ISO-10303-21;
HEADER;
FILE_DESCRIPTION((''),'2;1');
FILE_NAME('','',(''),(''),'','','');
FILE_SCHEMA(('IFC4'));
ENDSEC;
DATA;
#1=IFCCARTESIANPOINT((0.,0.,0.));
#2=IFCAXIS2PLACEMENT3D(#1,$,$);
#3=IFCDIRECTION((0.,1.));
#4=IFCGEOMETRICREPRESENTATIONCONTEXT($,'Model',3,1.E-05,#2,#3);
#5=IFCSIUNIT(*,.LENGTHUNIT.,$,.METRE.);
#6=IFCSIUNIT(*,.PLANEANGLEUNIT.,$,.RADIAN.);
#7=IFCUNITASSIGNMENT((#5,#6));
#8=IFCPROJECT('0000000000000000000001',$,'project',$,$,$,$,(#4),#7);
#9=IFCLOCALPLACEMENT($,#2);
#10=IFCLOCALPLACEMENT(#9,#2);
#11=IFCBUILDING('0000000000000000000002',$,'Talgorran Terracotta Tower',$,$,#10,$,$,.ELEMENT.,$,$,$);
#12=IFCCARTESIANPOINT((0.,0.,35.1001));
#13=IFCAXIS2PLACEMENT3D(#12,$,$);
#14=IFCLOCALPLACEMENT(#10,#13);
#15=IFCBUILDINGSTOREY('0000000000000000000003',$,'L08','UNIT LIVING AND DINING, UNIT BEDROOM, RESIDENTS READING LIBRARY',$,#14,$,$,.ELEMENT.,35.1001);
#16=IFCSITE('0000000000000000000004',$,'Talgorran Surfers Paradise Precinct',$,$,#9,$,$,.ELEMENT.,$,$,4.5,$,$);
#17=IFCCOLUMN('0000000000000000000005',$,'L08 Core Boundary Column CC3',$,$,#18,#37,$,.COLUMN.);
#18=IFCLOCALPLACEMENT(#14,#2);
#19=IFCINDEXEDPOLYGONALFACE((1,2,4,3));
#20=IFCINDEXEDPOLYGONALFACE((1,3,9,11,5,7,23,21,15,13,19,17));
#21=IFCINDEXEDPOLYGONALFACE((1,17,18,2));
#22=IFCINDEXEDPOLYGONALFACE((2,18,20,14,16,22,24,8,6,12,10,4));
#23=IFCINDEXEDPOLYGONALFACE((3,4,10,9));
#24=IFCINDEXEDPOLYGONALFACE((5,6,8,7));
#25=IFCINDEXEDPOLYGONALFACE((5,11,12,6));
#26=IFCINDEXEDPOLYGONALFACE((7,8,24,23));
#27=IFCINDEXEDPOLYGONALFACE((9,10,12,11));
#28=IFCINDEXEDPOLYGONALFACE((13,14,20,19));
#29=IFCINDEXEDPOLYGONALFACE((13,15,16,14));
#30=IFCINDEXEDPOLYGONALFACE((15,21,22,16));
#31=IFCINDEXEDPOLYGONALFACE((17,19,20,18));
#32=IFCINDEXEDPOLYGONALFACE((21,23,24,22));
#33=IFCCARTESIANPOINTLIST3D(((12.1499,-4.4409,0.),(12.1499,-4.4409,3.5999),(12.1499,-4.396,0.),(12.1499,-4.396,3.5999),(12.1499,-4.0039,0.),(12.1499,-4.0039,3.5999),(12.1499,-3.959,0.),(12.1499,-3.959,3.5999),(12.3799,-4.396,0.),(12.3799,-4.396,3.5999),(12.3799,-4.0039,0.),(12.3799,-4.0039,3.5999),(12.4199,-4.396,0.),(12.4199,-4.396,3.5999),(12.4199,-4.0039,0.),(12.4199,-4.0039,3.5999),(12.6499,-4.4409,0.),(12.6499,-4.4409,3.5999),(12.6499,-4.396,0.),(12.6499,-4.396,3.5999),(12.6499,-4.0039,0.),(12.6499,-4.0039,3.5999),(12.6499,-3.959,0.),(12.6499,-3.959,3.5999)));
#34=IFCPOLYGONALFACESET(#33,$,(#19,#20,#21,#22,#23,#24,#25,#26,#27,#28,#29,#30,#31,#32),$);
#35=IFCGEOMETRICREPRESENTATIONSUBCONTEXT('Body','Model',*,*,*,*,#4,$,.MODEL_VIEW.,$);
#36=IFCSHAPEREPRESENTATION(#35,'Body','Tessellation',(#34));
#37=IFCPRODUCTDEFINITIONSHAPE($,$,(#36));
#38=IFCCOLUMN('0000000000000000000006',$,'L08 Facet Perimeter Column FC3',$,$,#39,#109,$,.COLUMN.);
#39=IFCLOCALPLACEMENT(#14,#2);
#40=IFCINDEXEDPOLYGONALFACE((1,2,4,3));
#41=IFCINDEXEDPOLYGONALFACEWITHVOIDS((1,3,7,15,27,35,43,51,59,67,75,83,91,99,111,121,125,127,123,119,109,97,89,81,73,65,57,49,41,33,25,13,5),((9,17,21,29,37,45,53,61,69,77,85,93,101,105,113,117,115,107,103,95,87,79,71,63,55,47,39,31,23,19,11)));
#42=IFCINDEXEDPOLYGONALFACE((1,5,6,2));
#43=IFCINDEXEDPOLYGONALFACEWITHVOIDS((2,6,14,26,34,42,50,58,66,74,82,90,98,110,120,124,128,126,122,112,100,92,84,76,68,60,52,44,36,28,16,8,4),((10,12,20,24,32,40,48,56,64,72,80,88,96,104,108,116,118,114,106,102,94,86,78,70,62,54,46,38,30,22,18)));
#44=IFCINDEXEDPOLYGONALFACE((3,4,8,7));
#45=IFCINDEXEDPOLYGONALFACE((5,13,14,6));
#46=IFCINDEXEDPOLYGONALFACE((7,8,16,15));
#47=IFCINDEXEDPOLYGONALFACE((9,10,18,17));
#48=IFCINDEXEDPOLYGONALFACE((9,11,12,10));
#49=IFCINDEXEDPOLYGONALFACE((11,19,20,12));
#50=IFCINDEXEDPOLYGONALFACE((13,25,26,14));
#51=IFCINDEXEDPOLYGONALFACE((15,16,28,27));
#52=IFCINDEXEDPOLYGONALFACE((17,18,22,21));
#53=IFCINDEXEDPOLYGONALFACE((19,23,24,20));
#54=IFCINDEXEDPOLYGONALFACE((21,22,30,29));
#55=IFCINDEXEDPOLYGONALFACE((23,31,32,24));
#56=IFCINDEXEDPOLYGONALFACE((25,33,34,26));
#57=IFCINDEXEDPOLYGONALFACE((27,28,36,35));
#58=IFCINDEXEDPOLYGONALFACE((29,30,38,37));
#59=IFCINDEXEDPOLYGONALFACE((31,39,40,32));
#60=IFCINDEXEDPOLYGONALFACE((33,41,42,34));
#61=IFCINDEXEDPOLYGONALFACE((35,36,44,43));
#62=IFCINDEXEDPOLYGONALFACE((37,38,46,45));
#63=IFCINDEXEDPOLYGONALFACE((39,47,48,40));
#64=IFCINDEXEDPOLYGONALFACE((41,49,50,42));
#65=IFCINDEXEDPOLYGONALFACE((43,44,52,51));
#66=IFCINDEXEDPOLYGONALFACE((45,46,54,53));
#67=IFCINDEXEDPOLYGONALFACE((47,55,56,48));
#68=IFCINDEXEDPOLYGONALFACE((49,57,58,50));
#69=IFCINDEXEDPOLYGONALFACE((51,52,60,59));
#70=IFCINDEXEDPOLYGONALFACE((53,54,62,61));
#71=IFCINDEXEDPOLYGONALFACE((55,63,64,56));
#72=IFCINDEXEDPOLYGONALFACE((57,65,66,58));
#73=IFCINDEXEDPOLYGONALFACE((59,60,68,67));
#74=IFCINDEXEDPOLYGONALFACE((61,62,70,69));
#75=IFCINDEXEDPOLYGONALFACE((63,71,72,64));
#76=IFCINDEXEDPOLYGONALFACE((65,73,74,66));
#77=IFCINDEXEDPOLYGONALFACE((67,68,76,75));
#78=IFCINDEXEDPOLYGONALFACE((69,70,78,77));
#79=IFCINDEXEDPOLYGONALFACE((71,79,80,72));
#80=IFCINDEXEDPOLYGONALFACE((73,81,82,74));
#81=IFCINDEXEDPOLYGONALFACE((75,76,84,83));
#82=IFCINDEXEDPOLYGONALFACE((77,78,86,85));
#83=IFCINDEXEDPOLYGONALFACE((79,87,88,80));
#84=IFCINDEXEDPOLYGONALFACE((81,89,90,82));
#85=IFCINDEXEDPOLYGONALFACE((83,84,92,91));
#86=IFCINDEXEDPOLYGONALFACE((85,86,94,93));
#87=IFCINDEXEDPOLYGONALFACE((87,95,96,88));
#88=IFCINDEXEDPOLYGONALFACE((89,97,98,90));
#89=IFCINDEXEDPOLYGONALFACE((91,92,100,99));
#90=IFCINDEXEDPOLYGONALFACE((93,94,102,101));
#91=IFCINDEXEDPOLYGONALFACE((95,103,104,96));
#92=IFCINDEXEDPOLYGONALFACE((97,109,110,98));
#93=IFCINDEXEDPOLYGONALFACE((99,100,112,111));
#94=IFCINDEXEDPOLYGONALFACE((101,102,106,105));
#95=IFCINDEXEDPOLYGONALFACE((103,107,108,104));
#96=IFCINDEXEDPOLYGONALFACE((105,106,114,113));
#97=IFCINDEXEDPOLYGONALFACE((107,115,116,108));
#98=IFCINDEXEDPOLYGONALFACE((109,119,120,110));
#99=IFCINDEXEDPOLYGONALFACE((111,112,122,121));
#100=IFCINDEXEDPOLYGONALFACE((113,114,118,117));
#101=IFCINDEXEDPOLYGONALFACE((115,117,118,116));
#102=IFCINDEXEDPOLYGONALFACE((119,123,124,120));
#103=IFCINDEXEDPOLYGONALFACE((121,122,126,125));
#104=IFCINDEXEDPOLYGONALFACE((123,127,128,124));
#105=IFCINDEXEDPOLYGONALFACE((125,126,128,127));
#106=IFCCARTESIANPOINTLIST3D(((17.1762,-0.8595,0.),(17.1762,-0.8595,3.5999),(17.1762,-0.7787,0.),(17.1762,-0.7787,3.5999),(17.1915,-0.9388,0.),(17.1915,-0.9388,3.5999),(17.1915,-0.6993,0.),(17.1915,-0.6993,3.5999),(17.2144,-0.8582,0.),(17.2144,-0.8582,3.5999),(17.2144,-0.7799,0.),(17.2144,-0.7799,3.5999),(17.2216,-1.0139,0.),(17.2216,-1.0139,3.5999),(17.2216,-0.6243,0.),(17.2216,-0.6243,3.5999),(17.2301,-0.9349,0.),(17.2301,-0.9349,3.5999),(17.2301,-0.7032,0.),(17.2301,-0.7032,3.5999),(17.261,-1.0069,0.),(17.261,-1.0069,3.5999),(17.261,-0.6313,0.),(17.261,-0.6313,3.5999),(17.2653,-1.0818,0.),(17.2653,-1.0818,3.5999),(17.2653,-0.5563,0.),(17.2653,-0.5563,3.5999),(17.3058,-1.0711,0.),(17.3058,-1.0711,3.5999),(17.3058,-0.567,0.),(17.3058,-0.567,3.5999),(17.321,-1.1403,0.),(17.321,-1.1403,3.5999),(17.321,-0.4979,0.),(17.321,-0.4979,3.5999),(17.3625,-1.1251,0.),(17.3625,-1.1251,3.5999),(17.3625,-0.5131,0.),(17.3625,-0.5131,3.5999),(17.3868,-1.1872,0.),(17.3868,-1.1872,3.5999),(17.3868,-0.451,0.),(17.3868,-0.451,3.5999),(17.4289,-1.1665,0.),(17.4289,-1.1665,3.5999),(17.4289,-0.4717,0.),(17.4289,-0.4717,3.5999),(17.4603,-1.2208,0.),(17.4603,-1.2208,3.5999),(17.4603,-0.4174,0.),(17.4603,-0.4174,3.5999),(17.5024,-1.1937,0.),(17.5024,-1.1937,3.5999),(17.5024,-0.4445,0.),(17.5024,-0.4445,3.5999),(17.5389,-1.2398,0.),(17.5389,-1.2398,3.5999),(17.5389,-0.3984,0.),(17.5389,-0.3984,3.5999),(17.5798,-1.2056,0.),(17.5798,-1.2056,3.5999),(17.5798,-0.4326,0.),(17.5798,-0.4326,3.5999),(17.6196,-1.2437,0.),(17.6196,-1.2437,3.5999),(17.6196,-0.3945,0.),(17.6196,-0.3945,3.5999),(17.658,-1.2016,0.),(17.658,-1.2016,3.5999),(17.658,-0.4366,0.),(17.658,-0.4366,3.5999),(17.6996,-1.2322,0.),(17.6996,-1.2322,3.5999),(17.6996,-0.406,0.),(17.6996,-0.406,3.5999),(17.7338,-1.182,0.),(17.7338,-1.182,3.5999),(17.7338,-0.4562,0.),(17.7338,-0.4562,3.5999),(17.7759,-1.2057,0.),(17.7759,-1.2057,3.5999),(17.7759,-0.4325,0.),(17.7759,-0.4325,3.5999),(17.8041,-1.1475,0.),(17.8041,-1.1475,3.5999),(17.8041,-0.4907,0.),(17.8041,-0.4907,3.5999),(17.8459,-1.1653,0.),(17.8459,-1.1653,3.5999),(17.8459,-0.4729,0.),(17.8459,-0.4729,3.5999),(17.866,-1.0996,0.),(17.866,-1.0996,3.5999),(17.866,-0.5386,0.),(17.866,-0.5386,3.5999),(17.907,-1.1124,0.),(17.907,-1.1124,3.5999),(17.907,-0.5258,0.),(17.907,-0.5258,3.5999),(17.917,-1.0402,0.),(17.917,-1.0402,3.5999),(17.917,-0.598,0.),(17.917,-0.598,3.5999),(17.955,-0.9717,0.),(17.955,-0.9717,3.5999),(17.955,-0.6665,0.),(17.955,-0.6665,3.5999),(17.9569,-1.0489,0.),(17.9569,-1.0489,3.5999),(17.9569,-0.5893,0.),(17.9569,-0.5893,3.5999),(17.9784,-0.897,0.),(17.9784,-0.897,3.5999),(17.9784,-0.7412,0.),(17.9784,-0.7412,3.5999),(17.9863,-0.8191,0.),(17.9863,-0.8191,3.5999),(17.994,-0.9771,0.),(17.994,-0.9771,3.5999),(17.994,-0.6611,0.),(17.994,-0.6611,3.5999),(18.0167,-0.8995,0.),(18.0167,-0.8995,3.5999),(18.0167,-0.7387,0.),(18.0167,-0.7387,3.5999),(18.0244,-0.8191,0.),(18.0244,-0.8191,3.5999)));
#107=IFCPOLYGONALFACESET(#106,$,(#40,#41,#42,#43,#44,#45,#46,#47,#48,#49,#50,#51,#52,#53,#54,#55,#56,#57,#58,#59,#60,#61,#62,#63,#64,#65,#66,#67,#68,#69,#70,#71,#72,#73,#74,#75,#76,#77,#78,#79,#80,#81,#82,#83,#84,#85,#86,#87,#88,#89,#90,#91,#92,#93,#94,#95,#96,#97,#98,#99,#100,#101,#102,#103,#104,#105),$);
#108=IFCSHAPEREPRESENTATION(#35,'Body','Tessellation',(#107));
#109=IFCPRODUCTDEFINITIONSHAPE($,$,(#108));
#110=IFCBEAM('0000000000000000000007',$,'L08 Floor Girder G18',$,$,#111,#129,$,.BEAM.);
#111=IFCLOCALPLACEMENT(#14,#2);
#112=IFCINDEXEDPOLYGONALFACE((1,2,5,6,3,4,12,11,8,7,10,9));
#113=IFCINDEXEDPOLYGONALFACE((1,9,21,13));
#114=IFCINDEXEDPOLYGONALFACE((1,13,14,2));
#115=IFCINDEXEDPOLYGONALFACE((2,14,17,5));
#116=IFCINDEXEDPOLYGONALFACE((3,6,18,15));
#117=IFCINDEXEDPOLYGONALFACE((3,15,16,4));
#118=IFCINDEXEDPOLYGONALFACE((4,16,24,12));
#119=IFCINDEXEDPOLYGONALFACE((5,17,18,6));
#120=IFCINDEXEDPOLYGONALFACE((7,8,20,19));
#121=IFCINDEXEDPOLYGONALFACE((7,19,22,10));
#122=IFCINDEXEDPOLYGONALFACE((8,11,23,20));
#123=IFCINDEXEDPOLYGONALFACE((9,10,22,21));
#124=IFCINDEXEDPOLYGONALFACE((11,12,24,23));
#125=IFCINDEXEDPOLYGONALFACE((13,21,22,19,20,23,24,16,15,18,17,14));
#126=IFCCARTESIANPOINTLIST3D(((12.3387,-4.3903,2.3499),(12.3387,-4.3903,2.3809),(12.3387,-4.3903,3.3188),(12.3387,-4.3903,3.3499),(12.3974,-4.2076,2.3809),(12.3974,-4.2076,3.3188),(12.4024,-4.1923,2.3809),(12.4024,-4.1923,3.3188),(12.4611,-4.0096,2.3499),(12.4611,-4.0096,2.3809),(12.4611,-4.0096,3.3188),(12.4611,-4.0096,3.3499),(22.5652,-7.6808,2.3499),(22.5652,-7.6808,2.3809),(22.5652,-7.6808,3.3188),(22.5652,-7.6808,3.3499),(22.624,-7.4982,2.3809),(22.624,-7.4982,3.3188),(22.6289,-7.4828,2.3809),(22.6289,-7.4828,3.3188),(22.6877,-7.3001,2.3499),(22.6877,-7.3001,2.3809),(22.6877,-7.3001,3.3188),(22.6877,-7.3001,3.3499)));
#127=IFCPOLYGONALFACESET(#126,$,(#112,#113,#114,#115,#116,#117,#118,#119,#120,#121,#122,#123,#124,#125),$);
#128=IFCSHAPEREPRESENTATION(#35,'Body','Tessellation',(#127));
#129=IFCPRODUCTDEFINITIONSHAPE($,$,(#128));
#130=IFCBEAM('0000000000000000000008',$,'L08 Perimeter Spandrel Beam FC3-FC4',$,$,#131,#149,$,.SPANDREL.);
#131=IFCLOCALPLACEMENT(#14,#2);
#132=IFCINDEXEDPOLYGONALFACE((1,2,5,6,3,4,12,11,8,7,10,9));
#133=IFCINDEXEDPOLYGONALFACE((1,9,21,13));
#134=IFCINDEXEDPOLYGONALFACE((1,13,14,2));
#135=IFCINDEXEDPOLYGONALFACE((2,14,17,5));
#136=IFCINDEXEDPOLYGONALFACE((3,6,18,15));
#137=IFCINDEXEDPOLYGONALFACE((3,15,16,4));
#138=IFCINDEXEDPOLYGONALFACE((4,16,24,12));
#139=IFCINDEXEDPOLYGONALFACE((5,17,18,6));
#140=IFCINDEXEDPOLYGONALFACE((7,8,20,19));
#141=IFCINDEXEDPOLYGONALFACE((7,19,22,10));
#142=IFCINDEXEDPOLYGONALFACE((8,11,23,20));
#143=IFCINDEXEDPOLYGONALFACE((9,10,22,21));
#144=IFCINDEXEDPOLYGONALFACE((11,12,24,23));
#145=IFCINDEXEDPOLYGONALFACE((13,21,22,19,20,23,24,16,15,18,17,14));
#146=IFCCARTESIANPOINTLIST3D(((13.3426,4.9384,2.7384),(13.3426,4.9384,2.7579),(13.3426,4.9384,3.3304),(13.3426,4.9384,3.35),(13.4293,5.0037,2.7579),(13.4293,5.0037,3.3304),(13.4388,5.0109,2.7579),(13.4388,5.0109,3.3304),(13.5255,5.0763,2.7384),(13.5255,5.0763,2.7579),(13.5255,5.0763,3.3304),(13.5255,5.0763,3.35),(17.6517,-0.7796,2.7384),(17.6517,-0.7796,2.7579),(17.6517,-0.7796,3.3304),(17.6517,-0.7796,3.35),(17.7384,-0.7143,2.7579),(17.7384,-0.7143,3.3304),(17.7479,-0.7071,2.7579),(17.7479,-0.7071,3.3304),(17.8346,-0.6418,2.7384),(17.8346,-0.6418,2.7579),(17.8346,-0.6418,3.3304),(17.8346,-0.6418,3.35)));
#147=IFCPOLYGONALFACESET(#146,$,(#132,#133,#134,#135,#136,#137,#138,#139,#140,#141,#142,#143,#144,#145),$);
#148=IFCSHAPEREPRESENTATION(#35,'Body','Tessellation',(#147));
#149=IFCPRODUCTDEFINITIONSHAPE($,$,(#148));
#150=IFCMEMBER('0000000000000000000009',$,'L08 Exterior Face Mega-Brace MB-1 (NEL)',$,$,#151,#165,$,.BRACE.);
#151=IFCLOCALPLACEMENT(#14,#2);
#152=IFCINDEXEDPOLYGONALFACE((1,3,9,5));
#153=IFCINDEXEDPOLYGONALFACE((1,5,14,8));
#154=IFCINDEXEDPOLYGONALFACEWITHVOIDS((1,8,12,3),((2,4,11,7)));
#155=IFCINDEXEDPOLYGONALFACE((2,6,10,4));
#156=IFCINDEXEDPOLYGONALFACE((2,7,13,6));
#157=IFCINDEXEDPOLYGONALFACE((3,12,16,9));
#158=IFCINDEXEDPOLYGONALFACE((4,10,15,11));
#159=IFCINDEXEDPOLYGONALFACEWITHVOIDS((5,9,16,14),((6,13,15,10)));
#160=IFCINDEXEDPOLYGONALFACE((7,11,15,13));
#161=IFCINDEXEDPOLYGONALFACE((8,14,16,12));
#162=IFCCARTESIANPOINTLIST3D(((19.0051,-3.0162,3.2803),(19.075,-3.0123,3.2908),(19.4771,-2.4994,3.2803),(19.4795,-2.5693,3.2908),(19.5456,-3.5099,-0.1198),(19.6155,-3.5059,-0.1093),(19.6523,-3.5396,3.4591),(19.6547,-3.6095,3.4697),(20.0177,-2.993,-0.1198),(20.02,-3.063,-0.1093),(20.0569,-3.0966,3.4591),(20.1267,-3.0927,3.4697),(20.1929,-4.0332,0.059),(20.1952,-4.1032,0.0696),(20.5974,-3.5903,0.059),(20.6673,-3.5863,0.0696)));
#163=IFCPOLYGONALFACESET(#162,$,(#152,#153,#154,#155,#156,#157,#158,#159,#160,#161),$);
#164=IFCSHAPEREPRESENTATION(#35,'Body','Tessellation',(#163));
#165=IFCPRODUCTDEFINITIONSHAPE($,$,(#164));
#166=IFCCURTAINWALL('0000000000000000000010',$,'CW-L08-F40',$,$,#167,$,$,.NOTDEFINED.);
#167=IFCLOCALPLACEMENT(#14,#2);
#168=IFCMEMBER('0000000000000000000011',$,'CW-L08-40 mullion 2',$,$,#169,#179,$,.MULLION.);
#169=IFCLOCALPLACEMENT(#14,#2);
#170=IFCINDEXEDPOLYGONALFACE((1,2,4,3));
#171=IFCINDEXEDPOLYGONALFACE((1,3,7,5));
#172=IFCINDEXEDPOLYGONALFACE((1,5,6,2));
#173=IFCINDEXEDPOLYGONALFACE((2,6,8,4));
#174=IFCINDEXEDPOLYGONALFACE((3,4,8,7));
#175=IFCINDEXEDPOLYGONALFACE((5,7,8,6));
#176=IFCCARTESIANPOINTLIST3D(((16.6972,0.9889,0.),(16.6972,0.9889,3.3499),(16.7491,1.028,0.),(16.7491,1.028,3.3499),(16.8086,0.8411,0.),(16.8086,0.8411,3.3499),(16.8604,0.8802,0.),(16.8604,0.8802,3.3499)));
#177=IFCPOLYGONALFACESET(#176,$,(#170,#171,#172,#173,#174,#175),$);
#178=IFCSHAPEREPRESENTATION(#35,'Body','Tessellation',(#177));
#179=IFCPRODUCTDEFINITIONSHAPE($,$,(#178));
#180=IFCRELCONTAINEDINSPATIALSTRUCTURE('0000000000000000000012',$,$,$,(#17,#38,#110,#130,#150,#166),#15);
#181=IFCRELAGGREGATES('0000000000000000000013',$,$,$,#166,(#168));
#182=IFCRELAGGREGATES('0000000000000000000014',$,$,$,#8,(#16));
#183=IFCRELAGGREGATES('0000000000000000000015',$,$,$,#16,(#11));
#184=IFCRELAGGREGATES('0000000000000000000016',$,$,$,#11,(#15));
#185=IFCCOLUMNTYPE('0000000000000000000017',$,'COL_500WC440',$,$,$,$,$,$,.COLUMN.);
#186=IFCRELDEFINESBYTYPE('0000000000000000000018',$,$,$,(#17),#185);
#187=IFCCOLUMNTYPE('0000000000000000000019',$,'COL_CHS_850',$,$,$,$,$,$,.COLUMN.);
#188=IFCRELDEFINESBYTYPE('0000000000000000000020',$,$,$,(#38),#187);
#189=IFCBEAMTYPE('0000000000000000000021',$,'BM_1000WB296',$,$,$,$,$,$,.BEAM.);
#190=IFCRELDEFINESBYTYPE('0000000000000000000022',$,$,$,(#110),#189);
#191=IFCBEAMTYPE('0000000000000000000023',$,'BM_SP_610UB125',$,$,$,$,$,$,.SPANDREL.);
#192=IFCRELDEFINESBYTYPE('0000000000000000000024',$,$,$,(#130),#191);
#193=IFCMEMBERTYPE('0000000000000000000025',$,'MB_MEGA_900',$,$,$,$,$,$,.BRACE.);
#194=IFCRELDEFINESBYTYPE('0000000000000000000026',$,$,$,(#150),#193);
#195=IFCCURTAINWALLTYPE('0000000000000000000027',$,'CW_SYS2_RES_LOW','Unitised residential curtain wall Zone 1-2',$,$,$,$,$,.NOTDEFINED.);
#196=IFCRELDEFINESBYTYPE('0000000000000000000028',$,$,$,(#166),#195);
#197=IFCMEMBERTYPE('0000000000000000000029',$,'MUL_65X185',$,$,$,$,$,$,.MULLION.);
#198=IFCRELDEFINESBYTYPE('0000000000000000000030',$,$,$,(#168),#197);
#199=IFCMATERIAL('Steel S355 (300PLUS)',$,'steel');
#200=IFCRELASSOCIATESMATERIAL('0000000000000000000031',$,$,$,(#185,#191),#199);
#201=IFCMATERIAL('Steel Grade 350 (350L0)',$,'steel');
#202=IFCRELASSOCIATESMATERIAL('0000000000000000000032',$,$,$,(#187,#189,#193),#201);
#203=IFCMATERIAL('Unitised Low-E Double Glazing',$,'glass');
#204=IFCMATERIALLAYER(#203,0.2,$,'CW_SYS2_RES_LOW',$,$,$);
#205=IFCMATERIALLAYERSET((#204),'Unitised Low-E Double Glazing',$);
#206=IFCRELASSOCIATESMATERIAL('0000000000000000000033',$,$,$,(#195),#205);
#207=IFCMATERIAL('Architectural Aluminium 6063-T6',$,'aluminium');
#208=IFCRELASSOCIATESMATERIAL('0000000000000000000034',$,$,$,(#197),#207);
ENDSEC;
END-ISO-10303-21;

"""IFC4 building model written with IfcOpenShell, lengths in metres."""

from ifc_helpers import new_model, si_unit, direction, frame, origin, origin_2d, place, context, subcontext, project, spatial, rectangle, hollow_rectangle, hollow_circle, i_section, extrude, material, layer, layer_set, material_profile, profile_set, type_object, element, aggregate, save


model = new_model("IFC4")

# Units and contexts
model_context = context("Model", 3, precision=1e-05, world=origin(), true_north=direction((0.0, 1.0)))
body_context = subcontext(model_context, "Body", "Model", "MODEL_VIEW")
ifc_project = project(units=[si_unit("LENGTHUNIT", "METRE"), si_unit("PLANEANGLEUNIT", "RADIAN")], contexts=[model_context])

# Site, building, storey
site_placement = place(None, origin())
site = spatial("IfcSite", under=ifc_project, at=site_placement, Name="Talgorran Surfers Paradise Precinct", CompositionType="ELEMENT", RefElevation=4.5)
building_placement = place(site_placement, origin())
building = spatial("IfcBuilding", under=site, at=building_placement, Name="Talgorran Terracotta Tower", CompositionType="ELEMENT")
storey_placement = place(building_placement, frame((0.0, 0.0, 35.1001)))
storey = spatial("IfcBuildingStorey", under=building, at=storey_placement, Name="L08", Description="UNIT LIVING AND DINING, UNIT BEDROOM, RESIDENTS READING LIBRARY", CompositionType="ELEMENT", Elevation=35.1001)

# Columns
ifc_material_1 = material(Name="Steel S355 (300PLUS)", Category="steel")
ifc_material_profile_1 = material_profile(ifc_material_1, i_section(OverallWidth=0.5, OverallDepth=0.4819, WebThickness=0.04, FlangeThickness=0.0449, at=origin_2d()), Name="500WC440")
ifc_profile_set_1 = profile_set([ifc_material_profile_1], Name="Steel S355 (300PLUS)")
column_type_1 = type_object("IfcColumnType", Name="COL_500WC440", PredefinedType="COLUMN", material=ifc_profile_set_1)
column_1_placement = place(storey_placement, frame((12.3999, -4.2, 0.0), z_axis=(0.0, 0.0, 1.0), x_axis=(1.0, 0.0, 0.0)))
element("IfcColumn", 1, at=column_1_placement, inside=storey, type_object=column_type_1, Name="L08 Core Boundary Column CC3", PredefinedType="COLUMN", context=body_context, shape_type="SweptSolid", body=[
    extrude(i_section(OverallWidth=0.5, OverallDepth=0.4819, WebThickness=0.04, FlangeThickness=0.0449, at=origin_2d()), origin(), (0.0, 0.0, 1.0), 3.5999),
])
ifc_material_2 = material(Name="Steel Grade 350 (350L0)", Category="steel")
ifc_material_profile_2 = material_profile(ifc_material_2, hollow_circle(Radius=0.425, WallThickness=0.0381, at=origin_2d()), Name="CHS850X38")
ifc_profile_set_2 = profile_set([ifc_material_profile_2], Name="Steel Grade 350 (350L0)")
column_type_2 = type_object("IfcColumnType", Name="COL_CHS_850", PredefinedType="COLUMN", material=ifc_profile_set_2)
column_2_placement = place(storey_placement, frame((17.5994, -0.8191, 0.0), z_axis=(0.0, 0.0, 1.0), x_axis=(1.0, 0.0, 0.0)))
element("IfcColumn", 2, at=column_2_placement, inside=storey, type_object=column_type_2, Name="L08 Facet Perimeter Column FC3", PredefinedType="COLUMN", context=body_context, shape_type="SweptSolid", body=[
    extrude(hollow_circle(Radius=0.425, WallThickness=0.0381, at=origin_2d()), origin(), (0.0, 0.0, 1.0), 3.5999),
])

# Beams
ifc_material_profile_3 = material_profile(ifc_material_2, i_section(OverallWidth=0.3999, OverallDepth=1.0, WebThickness=0.0161, FlangeThickness=0.031, at=origin_2d()), Name="1000WB296")
ifc_profile_set_3 = profile_set([ifc_material_profile_3], Name="Steel Grade 350 (350L0)")
beam_type_1 = type_object("IfcBeamType", Name="BM_1000WB296", PredefinedType="BEAM", material=ifc_profile_set_3)
beam_1_placement = place(storey_placement, frame((12.3999, -4.2, 2.8499), z_axis=(0.951936, -0.306298, 0.0), x_axis=(0.306298, 0.951936, 0.0)))
element("IfcBeam", 3, at=beam_1_placement, inside=storey, type_object=beam_type_1, Name="L08 Floor Girder G18", PredefinedType="BEAM", context=body_context, shape_type="SweptSolid", body=[
    extrude(i_section(OverallWidth=0.3999, OverallDepth=1.0, WebThickness=0.0161, FlangeThickness=0.031, at=origin_2d()), origin(), (0.0, 0.0, 1.0), 10.7429),
])
ifc_material_profile_4 = material_profile(ifc_material_1, i_section(OverallWidth=0.229, OverallDepth=0.6116, WebThickness=0.012, FlangeThickness=0.0195, at=origin_2d()), Name="610UB125")
ifc_profile_set_4 = profile_set([ifc_material_profile_4], Name="Steel S355 (300PLUS)")
beam_type_2 = type_object("IfcBeamType", Name="BM_SP_610UB125", PredefinedType="SPANDREL", material=ifc_profile_set_4)
beam_2_placement = place(storey_placement, frame((17.7432, -0.7107, 3.0442), z_axis=(-0.601837, 0.798619, 0.0), x_axis=(-0.798619, -0.601837, 0.0)))
element("IfcBeam", 4, at=beam_2_placement, inside=storey, type_object=beam_type_2, Name="L08 Perimeter Spandrel Beam FC3-FC4", PredefinedType="SPANDREL", context=body_context, shape_type="SweptSolid", body=[
    extrude(i_section(OverallWidth=0.229, OverallDepth=0.6116, WebThickness=0.012, FlangeThickness=0.0195, at=origin_2d()), origin(), (0.0, 0.0, 1.0), 7.1599),
])

# Member
ifc_material_profile_5 = material_profile(ifc_material_2, hollow_rectangle(XDim=0.7, YDim=0.8999, WallThickness=0.05, at=origin_2d()), Name="WBOX900X700X50")
ifc_profile_set_5 = profile_set([ifc_material_profile_5], Name="Steel Grade 350 (350L0)")
member_type_1 = type_object("IfcMemberType", Name="MB_MEGA_900", PredefinedType="BRACE", material=ifc_profile_set_5)
member_1_placement = place(storey_placement, frame((20.1064, -3.5481, -0.0251), z_axis=(-0.155411, 0.141933, 0.9776), x_axis=(-0.674364, -0.738399, 0.0)))
element("IfcMember", 5, at=member_1_placement, inside=storey, type_object=member_type_1, Name="L08 Exterior Face Mega-Brace MB-1 (NEL)", PredefinedType="BRACE", context=body_context, shape_type="SweptSolid", body=[
    extrude(hollow_rectangle(XDim=0.7, YDim=0.8999, WallThickness=0.05, at=origin_2d()), origin(), (0.0, 0.0, 1.0), 3.478),
])

# Curtain wall, member
ifc_material_3 = material(Name="Unitised Low-E Double Glazing", Category="glass")
ifc_layer_1 = layer(ifc_material_3, 0.2, Name="CW_SYS2_RES_LOW")
ifc_layer_set_1 = layer_set([ifc_layer_1], Name="Unitised Low-E Double Glazing")
curtain_wall_type = type_object("IfcCurtainWallType", Name="CW_SYS2_RES_LOW", Description="Unitised residential curtain wall Zone 1-2", PredefinedType="NOTDEFINED", material=ifc_layer_set_1)
curtain_wall_placement = place(storey_placement, origin())
curtain_wall = element("IfcCurtainWall", 6, at=curtain_wall_placement, inside=storey, type_object=curtain_wall_type, Name="CW-L08-F40", PredefinedType="NOTDEFINED")
ifc_material_4 = material(Name="Architectural Aluminium 6063-T6", Category="aluminium")
ifc_material_profile_6 = material_profile(ifc_material_4, rectangle(XDim=0.0649, YDim=0.1851, at=origin_2d()), Name="CWM65X185")
ifc_profile_set_6 = profile_set([ifc_material_profile_6], Name="Architectural Aluminium 6063-T6")
member_type_2 = type_object("IfcMemberType", Name="MUL_65X185", PredefinedType="MULLION", material=ifc_profile_set_6)
member_2_placement = place(storey_placement, frame((16.7788, 0.9346, 0.0), z_axis=(0.0, 0.0, 1.0), x_axis=(-0.798643, -0.601805, 0.0)))
member_2 = element("IfcMember", 7, at=member_2_placement, type_object=member_type_2, Name="CW-L08-40 mullion 2", PredefinedType="MULLION", context=body_context, shape_type="SweptSolid", body=[
    extrude(rectangle(XDim=0.0649, YDim=0.1851, at=origin_2d()), origin(), (0.0, 0.0, 1.0), 3.3499),
])

aggregate(curtain_wall, [member_2])

save(model, "model.ifc")
